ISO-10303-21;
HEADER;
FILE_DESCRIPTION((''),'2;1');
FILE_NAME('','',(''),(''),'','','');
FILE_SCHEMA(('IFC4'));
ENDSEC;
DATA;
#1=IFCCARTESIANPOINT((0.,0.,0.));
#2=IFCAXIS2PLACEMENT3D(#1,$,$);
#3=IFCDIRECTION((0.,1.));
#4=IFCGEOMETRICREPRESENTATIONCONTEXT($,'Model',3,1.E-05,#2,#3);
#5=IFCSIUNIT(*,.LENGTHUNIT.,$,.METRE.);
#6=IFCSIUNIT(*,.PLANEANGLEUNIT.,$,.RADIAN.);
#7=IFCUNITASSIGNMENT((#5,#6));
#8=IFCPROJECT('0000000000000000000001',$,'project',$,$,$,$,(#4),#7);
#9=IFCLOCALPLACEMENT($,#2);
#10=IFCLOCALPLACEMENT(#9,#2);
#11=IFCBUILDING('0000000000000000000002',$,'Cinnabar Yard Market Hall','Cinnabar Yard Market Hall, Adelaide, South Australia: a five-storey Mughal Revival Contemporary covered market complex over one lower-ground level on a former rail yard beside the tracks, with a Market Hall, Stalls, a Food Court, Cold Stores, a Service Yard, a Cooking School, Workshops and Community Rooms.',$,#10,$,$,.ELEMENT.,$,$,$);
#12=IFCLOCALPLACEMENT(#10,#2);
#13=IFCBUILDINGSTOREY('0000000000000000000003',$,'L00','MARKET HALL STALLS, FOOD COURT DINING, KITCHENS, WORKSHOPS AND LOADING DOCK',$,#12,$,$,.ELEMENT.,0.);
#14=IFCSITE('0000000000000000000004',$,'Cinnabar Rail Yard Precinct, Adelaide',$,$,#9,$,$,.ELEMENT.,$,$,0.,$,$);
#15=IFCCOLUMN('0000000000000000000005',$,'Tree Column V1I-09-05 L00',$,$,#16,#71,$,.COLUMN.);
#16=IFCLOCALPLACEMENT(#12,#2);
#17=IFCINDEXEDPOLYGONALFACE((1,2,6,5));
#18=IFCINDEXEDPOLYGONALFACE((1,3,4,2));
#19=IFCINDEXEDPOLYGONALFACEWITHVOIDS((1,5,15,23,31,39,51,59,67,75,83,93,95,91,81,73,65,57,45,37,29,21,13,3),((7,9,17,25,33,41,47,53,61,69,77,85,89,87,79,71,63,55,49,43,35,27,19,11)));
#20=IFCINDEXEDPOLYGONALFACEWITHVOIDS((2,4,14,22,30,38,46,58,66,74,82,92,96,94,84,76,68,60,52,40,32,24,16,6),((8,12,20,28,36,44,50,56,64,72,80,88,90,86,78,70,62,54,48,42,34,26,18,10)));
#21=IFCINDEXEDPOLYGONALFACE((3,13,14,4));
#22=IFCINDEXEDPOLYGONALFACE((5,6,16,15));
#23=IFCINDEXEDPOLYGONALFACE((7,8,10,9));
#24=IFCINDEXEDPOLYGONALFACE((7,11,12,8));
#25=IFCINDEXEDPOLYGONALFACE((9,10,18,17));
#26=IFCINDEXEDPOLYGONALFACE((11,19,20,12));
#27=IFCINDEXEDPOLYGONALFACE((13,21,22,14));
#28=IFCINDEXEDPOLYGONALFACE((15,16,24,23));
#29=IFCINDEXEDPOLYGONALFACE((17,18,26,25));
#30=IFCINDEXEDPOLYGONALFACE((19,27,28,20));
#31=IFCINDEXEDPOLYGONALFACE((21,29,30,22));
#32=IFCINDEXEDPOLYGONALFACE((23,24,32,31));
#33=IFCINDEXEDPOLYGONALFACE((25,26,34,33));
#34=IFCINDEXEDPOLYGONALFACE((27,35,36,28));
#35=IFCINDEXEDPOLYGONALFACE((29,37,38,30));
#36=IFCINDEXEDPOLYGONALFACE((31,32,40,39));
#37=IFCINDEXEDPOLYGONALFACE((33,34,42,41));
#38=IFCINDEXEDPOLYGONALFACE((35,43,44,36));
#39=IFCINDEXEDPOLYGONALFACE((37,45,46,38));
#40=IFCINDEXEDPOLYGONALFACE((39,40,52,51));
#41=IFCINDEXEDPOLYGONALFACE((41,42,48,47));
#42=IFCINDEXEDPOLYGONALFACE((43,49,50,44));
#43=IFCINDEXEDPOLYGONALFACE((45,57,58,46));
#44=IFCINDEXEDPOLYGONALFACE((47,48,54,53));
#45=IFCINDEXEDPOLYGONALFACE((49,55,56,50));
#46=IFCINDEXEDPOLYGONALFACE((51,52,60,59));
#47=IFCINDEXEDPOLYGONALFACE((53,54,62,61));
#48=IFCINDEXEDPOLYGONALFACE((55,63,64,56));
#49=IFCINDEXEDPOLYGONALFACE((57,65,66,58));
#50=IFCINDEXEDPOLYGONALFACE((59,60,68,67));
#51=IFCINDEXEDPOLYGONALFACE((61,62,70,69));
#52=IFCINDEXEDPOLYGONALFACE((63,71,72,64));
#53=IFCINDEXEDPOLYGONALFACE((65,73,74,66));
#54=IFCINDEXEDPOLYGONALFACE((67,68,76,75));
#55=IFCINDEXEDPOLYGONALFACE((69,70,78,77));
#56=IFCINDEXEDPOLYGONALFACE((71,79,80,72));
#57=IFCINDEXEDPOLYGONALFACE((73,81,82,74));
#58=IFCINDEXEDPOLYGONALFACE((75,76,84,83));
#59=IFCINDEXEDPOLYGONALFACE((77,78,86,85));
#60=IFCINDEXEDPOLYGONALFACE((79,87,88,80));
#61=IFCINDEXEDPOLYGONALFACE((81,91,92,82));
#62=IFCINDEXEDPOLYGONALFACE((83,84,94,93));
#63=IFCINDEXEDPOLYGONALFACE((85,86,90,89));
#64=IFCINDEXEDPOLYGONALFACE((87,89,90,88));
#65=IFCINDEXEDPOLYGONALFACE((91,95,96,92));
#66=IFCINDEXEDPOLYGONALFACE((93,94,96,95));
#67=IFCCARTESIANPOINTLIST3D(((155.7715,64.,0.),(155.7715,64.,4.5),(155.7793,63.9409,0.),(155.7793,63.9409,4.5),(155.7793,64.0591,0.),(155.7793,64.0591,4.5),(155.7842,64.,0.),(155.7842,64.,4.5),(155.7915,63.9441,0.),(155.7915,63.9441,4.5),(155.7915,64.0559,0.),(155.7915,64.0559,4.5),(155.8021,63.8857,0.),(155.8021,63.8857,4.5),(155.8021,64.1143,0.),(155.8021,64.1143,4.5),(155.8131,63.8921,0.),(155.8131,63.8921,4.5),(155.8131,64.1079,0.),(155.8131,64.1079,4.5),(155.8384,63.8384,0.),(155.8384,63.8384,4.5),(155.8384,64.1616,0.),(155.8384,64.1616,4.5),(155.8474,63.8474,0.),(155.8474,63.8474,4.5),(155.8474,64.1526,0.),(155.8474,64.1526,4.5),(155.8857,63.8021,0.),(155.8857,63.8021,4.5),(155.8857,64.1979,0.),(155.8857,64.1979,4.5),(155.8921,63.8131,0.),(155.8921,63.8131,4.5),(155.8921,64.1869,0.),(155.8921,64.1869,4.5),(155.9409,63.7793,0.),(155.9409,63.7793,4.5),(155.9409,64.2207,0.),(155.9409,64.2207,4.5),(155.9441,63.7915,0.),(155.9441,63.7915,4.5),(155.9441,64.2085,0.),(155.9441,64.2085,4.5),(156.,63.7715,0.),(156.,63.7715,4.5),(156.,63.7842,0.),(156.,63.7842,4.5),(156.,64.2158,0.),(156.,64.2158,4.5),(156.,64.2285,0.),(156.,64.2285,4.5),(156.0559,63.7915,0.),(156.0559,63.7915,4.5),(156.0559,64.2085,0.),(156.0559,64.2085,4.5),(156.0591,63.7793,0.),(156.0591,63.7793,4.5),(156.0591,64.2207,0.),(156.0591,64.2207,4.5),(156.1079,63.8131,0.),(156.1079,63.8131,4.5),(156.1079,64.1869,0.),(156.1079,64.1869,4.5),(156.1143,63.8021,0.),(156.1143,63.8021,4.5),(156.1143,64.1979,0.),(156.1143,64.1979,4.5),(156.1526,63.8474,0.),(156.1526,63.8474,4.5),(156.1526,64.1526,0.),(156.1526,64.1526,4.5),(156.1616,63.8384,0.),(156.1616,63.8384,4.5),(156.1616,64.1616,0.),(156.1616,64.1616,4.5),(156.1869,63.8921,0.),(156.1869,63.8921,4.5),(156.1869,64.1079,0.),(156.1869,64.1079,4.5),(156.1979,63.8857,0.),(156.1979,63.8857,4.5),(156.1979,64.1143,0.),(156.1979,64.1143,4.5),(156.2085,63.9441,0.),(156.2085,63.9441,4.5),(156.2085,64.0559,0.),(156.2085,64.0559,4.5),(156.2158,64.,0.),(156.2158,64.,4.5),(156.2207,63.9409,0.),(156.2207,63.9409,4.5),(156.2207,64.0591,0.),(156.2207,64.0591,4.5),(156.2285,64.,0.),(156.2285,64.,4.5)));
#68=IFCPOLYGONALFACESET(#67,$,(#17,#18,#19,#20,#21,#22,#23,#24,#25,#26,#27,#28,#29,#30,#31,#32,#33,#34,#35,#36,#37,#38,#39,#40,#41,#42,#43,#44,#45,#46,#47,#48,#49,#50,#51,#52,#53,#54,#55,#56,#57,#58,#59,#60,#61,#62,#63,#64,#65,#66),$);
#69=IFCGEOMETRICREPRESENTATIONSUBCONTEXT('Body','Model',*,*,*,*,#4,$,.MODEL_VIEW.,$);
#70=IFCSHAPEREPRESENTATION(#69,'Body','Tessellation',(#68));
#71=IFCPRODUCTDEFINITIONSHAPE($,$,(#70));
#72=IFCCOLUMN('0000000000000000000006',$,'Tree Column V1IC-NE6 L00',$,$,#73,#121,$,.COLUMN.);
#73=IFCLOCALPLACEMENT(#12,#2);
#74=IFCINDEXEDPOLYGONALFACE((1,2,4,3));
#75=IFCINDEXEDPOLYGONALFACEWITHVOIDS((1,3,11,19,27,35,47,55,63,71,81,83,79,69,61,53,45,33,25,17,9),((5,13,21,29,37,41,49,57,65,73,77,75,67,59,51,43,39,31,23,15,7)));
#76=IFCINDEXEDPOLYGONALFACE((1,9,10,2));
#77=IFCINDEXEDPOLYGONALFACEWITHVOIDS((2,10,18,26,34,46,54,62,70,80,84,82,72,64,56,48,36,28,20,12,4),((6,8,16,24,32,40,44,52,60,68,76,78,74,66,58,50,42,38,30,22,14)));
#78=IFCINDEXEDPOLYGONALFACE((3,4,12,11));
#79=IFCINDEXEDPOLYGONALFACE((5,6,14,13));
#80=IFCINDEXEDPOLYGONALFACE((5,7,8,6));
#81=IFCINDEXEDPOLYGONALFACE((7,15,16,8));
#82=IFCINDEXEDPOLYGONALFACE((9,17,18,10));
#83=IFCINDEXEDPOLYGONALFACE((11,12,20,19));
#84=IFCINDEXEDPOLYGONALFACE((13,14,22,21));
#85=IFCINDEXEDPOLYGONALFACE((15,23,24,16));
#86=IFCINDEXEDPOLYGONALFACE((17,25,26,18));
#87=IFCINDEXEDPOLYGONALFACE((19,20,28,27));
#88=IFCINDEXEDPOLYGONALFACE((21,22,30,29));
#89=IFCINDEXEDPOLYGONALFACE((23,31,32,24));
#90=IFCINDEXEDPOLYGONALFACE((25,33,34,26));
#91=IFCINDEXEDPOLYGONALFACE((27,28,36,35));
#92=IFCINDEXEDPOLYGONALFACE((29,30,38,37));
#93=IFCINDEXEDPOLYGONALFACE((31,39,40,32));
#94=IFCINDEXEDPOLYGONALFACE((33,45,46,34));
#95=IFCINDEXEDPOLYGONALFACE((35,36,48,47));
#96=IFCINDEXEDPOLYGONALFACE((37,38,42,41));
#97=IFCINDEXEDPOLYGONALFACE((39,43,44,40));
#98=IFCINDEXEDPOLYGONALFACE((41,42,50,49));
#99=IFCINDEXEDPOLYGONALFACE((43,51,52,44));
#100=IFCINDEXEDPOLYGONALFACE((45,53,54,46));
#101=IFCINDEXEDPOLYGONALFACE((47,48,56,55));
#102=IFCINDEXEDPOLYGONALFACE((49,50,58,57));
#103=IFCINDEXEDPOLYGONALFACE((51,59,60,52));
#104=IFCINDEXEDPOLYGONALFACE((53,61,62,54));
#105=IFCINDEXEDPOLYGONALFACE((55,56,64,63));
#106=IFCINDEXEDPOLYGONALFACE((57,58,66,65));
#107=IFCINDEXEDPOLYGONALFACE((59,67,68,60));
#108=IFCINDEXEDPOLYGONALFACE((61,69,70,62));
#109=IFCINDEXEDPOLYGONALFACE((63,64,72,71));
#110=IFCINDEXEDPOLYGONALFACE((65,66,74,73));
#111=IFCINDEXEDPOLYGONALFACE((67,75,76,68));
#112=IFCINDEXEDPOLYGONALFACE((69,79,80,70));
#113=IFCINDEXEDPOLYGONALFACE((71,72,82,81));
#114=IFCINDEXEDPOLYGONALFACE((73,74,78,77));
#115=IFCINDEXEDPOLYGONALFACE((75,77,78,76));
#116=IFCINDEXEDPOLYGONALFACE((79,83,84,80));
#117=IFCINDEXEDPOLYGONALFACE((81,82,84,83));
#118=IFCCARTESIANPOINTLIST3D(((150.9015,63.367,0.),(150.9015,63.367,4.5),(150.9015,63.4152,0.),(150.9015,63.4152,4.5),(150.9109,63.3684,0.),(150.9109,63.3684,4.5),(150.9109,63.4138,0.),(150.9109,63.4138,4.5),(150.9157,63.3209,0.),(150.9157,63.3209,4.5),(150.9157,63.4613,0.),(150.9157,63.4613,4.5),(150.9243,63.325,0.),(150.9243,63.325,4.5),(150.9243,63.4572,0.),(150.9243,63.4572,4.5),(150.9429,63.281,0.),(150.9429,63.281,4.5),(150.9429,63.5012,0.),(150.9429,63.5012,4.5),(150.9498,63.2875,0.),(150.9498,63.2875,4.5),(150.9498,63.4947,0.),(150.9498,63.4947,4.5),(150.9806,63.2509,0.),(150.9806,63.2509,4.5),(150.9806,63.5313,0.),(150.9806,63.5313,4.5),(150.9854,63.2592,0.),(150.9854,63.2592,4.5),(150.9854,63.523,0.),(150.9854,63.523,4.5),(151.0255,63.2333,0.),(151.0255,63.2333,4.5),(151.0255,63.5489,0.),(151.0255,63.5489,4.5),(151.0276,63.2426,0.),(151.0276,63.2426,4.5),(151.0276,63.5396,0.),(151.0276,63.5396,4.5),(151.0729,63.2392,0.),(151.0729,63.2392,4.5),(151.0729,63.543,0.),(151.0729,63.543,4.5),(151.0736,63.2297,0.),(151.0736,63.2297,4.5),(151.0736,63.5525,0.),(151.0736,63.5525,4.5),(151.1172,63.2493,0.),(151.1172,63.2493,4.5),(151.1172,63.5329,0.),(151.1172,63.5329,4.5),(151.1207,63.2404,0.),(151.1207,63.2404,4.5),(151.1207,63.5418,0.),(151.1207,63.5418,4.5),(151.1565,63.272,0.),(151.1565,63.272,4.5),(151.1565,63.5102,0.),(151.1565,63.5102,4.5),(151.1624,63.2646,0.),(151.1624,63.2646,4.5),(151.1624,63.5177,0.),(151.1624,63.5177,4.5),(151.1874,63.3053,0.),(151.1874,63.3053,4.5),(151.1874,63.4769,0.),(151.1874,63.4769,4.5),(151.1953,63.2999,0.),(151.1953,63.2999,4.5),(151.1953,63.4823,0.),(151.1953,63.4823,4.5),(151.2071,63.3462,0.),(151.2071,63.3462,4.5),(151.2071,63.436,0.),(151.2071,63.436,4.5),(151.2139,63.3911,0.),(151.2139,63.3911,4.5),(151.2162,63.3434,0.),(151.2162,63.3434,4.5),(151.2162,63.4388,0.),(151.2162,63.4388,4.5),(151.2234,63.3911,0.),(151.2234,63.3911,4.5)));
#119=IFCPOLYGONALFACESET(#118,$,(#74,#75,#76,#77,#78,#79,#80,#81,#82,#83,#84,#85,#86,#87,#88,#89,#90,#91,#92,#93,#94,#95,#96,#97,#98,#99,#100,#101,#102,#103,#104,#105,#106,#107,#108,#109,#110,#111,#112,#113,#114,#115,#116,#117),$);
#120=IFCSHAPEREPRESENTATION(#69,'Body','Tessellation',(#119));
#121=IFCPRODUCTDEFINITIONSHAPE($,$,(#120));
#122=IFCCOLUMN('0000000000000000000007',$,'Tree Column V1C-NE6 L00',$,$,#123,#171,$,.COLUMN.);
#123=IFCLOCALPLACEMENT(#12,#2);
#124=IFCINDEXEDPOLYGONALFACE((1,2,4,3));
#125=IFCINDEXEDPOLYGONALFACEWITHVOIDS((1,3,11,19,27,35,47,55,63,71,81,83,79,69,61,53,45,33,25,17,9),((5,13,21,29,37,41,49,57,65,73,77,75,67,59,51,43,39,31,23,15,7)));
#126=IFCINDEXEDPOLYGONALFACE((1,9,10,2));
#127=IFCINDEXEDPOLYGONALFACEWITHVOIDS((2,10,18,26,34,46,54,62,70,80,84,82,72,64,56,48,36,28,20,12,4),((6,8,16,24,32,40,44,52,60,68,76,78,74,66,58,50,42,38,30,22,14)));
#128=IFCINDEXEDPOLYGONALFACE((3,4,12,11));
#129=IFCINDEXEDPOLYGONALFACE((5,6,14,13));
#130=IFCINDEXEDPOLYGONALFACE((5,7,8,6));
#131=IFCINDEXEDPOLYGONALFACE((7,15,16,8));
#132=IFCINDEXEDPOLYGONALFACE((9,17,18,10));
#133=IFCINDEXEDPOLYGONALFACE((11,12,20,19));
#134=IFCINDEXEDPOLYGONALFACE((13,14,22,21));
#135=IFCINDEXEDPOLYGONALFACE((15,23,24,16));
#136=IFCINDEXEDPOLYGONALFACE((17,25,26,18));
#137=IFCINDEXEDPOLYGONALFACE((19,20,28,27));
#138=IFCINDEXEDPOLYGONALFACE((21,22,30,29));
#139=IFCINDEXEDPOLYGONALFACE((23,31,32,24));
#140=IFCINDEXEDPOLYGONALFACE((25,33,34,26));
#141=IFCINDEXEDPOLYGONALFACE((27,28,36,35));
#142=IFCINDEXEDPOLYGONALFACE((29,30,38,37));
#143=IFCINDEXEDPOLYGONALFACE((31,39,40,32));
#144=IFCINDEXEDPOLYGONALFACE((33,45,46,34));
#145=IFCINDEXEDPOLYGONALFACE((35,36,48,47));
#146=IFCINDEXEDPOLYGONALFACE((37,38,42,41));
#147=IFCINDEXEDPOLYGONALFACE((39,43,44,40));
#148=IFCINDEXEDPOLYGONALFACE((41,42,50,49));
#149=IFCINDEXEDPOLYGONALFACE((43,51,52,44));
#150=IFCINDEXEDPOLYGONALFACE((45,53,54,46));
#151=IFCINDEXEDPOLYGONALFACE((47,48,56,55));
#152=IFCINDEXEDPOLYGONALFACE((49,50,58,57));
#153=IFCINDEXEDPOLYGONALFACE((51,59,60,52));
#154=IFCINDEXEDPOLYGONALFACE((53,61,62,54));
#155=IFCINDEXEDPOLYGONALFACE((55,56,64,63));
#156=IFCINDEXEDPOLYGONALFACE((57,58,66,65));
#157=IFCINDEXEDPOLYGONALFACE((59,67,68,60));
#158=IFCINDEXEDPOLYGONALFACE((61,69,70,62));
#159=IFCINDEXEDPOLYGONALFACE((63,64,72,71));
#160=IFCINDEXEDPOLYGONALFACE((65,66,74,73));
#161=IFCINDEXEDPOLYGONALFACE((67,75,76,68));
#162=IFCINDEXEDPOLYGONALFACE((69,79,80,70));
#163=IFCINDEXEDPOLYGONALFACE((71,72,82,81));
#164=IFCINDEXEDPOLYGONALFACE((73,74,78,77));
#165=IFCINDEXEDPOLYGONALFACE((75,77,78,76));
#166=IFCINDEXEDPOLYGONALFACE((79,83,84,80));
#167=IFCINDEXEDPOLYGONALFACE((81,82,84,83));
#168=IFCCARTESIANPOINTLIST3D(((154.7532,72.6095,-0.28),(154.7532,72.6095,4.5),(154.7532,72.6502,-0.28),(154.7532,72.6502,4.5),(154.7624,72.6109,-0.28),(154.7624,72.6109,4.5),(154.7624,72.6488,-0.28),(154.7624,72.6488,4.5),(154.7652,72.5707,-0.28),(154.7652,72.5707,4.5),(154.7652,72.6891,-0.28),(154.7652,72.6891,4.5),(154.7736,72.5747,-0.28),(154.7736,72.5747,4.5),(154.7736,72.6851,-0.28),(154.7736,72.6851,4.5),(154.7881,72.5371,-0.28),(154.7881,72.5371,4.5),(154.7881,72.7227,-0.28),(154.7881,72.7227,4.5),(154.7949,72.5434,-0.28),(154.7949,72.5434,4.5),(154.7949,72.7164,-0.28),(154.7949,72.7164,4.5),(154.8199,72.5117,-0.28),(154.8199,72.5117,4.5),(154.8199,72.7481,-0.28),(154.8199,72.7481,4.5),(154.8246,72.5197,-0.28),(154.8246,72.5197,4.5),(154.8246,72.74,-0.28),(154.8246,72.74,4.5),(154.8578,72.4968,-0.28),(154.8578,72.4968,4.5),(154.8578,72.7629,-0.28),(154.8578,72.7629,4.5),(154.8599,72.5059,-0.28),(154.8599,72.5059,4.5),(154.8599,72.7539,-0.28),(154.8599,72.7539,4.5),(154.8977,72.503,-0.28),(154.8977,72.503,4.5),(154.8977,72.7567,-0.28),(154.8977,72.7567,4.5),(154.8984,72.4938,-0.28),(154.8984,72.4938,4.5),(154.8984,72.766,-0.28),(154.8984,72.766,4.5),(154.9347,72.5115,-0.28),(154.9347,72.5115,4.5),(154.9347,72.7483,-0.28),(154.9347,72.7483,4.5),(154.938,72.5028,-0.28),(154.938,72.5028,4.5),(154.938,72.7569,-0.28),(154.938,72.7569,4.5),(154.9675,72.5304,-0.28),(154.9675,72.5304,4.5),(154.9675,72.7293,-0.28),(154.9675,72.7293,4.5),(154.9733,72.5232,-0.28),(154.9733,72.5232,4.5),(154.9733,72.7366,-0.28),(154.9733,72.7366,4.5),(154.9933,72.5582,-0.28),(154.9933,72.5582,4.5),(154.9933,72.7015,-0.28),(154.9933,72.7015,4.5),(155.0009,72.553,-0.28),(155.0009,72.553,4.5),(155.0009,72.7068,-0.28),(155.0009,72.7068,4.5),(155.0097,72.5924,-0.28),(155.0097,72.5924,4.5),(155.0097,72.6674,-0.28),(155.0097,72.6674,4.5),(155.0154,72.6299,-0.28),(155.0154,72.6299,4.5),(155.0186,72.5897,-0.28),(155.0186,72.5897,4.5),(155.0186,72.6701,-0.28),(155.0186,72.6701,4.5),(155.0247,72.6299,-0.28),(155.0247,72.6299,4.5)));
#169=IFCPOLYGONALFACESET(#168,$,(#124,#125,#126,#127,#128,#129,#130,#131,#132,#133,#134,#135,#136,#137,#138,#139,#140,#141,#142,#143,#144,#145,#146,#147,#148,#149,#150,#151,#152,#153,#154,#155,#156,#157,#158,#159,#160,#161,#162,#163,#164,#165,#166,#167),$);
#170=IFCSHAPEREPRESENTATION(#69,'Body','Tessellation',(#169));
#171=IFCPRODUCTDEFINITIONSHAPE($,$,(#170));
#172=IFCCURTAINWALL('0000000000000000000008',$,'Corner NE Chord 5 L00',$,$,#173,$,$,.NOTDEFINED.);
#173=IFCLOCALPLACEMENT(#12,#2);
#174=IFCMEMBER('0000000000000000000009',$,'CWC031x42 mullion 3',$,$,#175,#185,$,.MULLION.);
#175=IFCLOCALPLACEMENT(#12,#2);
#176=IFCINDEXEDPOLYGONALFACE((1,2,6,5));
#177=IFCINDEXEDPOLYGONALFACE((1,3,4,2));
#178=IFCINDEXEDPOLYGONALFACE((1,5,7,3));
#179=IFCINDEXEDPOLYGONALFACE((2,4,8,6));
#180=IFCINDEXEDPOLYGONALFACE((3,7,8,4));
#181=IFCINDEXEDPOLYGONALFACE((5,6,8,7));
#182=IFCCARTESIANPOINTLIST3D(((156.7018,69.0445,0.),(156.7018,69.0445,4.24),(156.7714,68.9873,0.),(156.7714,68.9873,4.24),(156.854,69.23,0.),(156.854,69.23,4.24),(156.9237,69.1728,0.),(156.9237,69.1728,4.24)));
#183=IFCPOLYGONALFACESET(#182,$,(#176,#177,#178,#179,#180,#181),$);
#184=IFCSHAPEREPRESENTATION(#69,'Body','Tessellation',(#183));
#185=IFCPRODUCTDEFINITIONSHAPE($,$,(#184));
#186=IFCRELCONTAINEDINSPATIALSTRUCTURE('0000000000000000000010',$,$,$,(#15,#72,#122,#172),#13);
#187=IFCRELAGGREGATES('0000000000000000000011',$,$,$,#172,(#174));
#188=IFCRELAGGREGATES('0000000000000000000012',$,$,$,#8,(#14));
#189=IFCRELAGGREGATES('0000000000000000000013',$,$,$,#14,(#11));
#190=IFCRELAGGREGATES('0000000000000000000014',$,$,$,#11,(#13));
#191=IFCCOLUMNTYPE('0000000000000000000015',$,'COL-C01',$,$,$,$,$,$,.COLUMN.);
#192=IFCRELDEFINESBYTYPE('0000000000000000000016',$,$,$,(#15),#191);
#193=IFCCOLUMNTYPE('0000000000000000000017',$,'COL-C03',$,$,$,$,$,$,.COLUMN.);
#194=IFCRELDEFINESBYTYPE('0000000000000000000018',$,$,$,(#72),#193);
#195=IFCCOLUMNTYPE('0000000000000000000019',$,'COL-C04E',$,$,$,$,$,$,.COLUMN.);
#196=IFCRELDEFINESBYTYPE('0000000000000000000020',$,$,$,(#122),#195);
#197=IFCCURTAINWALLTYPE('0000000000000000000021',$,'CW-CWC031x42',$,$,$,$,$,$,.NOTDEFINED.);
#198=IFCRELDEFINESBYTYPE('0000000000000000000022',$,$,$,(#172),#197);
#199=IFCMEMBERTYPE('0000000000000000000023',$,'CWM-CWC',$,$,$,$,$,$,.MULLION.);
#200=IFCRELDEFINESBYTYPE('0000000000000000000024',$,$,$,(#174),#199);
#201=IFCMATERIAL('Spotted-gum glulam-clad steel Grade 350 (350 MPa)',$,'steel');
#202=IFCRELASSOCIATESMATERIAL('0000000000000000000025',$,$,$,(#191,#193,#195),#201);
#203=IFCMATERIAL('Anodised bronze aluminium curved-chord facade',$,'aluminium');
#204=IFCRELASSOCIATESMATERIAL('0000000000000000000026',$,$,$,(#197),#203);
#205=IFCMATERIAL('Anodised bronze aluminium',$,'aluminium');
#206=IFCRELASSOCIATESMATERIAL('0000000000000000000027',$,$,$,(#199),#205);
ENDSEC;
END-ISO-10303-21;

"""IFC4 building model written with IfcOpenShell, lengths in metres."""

from ifc_helpers import new_model, si_unit, direction, frame, origin, origin_2d_with_axis, place, context, subcontext, project, spatial, rectangle, hollow_circle, extrude, material, material_profile, profile_set, type_object, element, aggregate, save


model = new_model("IFC4")

# Units and contexts
model_context = context("Model", 3, precision=1e-05, world=origin(), true_north=direction((0.0, 1.0)))
body_context = subcontext(model_context, "Body", "Model", "MODEL_VIEW")
ifc_project = project(units=[si_unit("LENGTHUNIT", "METRE"), si_unit("PLANEANGLEUNIT", "RADIAN")], contexts=[model_context])

# Site, building, storey
site_placement = place(None, origin())
site = spatial("IfcSite", under=ifc_project, at=site_placement, Name="Cinnabar Rail Yard Precinct, Adelaide", CompositionType="ELEMENT", RefElevation=0.0)
building_placement = place(site_placement, origin())
building = spatial("IfcBuilding", under=site, at=building_placement, Name="Cinnabar Yard Market Hall", Description="Cinnabar Yard Market Hall, Adelaide, South Australia: a five-storey Mughal Revival Contemporary covered market complex over one lower-ground level on a former rail yard beside the tracks, with a Market Hall, Stalls, a Food Court, Cold Stores, a Service Yard, a Cooking School, Workshops and Community Rooms.", CompositionType="ELEMENT")
storey_placement = place(building_placement, origin())
storey = spatial("IfcBuildingStorey", under=building, at=storey_placement, Name="L00", Description="MARKET HALL STALLS, FOOD COURT DINING, KITCHENS, WORKSHOPS AND LOADING DOCK", CompositionType="ELEMENT", Elevation=0.0)

# Columns
ifc_material_1 = material(Name="Spotted-gum glulam-clad steel Grade 350 (350 MPa)", Category="steel")
ifc_material_profile_1 = material_profile(ifc_material_1, hollow_circle(Radius=0.2285, WallThickness=0.0127, at=origin_2d_with_axis()), Name="457.0x12.7CHS")
ifc_profile_set_1 = profile_set([ifc_material_profile_1], Name="Spotted-gum glulam-clad steel Grade 350 (350 MPa)")
column_type_1 = type_object("IfcColumnType", Name="COL-C01", PredefinedType="COLUMN", material=ifc_profile_set_1)
column_1_placement = place(storey_placement, frame((156.0, 64.0, 0.0), z_axis=(0.0, 0.0, 1.0), x_axis=(1.0, 0.0, 0.0)))
element("IfcColumn", 1, at=column_1_placement, inside=storey, type_object=column_type_1, Name="Tree Column V1I-09-05 L00", PredefinedType="COLUMN", context=body_context, shape_type="SweptSolid", body=[
    extrude(hollow_circle(Radius=0.2285, WallThickness=0.0127, at=origin_2d_with_axis()), origin(), (0.0, 0.0, 1.0), 4.5),
])
ifc_material_profile_2 = material_profile(ifc_material_1, hollow_circle(Radius=0.1619, WallThickness=0.0095, at=origin_2d_with_axis()), Name="323.9x9.5CHS")
ifc_profile_set_2 = profile_set([ifc_material_profile_2], Name="Spotted-gum glulam-clad steel Grade 350 (350 MPa)")
column_type_2 = type_object("IfcColumnType", Name="COL-C03", PredefinedType="COLUMN", material=ifc_profile_set_2)
column_2_placement = place(storey_placement, frame((151.0615, 63.3911, 0.0), z_axis=(0.0, 0.0, 1.0), x_axis=(1.0, 0.0, 0.0)))
element("IfcColumn", 2, at=column_2_placement, inside=storey, type_object=column_type_2, Name="Tree Column V1IC-NE6 L00", PredefinedType="COLUMN", context=body_context, shape_type="SweptSolid", body=[
    extrude(hollow_circle(Radius=0.1619, WallThickness=0.0095, at=origin_2d_with_axis()), origin(), (0.0, 0.0, 1.0), 4.5),
])
ifc_material_profile_3 = material_profile(ifc_material_1, hollow_circle(Radius=0.1365, WallThickness=0.0093, at=origin_2d_with_axis()), Name="273.1x9.3CHS")
ifc_profile_set_3 = profile_set([ifc_material_profile_3], Name="Spotted-gum glulam-clad steel Grade 350 (350 MPa)")
column_type_3 = type_object("IfcColumnType", Name="COL-C04E", PredefinedType="COLUMN", material=ifc_profile_set_3)
column_3_placement = place(storey_placement, frame((154.8882, 72.6299, -0.28), z_axis=(0.0, 0.0, 1.0), x_axis=(1.0, 0.0, 0.0)))
element("IfcColumn", 3, at=column_3_placement, inside=storey, type_object=column_type_3, Name="Tree Column V1C-NE6 L00", PredefinedType="COLUMN", context=body_context, shape_type="SweptSolid", body=[
    extrude(hollow_circle(Radius=0.1365, WallThickness=0.0093, at=origin_2d_with_axis()), origin(), (0.0, 0.0, 1.0), 4.78),
])

# Curtain wall, member
ifc_material_2 = material(Name="Anodised bronze aluminium curved-chord facade", Category="aluminium")
curtain_wall_type = type_object("IfcCurtainWallType", Name="CW-CWC031x42", PredefinedType="NOTDEFINED", material=ifc_material_2)
curtain_wall_1_placement = place(storey_placement, origin())
curtain_wall_1 = element("IfcCurtainWall", 4, at=curtain_wall_1_placement, inside=storey, type_object=curtain_wall_type, Name="Corner NE Chord 5 L00", PredefinedType="NOTDEFINED")
ifc_material_3 = material(Name="Anodised bronze aluminium", Category="aluminium")
ifc_material_profile_4 = material_profile(ifc_material_3, rectangle(XDim=0.24, YDim=0.0901, at=origin_2d_with_axis()), Name="MUL-CWC")
ifc_profile_set_4 = profile_set([ifc_material_profile_4], Name="Anodised bronze aluminium")
member_type_1 = type_object("IfcMemberType", Name="CWM-CWC", PredefinedType="MULLION", material=ifc_profile_set_4)
member_1_placement = place(storey_placement, frame((156.8127, 69.1086, 0.0), z_axis=(0.0, 0.0, 1.0), x_axis=(-0.634383, -0.773019, 0.0)))
member_1 = element("IfcMember", 5, at=member_1_placement, type_object=member_type_1, Name="CWC031x42 mullion 3", PredefinedType="MULLION", context=body_context, shape_type="SweptSolid", body=[
    extrude(rectangle(XDim=0.24, YDim=0.0901, at=origin_2d_with_axis()), origin(), (0.0, 0.0, 1.0), 4.24),
])
aggregate(curtain_wall_1, [member_1])

save(model, "model.ifc")
